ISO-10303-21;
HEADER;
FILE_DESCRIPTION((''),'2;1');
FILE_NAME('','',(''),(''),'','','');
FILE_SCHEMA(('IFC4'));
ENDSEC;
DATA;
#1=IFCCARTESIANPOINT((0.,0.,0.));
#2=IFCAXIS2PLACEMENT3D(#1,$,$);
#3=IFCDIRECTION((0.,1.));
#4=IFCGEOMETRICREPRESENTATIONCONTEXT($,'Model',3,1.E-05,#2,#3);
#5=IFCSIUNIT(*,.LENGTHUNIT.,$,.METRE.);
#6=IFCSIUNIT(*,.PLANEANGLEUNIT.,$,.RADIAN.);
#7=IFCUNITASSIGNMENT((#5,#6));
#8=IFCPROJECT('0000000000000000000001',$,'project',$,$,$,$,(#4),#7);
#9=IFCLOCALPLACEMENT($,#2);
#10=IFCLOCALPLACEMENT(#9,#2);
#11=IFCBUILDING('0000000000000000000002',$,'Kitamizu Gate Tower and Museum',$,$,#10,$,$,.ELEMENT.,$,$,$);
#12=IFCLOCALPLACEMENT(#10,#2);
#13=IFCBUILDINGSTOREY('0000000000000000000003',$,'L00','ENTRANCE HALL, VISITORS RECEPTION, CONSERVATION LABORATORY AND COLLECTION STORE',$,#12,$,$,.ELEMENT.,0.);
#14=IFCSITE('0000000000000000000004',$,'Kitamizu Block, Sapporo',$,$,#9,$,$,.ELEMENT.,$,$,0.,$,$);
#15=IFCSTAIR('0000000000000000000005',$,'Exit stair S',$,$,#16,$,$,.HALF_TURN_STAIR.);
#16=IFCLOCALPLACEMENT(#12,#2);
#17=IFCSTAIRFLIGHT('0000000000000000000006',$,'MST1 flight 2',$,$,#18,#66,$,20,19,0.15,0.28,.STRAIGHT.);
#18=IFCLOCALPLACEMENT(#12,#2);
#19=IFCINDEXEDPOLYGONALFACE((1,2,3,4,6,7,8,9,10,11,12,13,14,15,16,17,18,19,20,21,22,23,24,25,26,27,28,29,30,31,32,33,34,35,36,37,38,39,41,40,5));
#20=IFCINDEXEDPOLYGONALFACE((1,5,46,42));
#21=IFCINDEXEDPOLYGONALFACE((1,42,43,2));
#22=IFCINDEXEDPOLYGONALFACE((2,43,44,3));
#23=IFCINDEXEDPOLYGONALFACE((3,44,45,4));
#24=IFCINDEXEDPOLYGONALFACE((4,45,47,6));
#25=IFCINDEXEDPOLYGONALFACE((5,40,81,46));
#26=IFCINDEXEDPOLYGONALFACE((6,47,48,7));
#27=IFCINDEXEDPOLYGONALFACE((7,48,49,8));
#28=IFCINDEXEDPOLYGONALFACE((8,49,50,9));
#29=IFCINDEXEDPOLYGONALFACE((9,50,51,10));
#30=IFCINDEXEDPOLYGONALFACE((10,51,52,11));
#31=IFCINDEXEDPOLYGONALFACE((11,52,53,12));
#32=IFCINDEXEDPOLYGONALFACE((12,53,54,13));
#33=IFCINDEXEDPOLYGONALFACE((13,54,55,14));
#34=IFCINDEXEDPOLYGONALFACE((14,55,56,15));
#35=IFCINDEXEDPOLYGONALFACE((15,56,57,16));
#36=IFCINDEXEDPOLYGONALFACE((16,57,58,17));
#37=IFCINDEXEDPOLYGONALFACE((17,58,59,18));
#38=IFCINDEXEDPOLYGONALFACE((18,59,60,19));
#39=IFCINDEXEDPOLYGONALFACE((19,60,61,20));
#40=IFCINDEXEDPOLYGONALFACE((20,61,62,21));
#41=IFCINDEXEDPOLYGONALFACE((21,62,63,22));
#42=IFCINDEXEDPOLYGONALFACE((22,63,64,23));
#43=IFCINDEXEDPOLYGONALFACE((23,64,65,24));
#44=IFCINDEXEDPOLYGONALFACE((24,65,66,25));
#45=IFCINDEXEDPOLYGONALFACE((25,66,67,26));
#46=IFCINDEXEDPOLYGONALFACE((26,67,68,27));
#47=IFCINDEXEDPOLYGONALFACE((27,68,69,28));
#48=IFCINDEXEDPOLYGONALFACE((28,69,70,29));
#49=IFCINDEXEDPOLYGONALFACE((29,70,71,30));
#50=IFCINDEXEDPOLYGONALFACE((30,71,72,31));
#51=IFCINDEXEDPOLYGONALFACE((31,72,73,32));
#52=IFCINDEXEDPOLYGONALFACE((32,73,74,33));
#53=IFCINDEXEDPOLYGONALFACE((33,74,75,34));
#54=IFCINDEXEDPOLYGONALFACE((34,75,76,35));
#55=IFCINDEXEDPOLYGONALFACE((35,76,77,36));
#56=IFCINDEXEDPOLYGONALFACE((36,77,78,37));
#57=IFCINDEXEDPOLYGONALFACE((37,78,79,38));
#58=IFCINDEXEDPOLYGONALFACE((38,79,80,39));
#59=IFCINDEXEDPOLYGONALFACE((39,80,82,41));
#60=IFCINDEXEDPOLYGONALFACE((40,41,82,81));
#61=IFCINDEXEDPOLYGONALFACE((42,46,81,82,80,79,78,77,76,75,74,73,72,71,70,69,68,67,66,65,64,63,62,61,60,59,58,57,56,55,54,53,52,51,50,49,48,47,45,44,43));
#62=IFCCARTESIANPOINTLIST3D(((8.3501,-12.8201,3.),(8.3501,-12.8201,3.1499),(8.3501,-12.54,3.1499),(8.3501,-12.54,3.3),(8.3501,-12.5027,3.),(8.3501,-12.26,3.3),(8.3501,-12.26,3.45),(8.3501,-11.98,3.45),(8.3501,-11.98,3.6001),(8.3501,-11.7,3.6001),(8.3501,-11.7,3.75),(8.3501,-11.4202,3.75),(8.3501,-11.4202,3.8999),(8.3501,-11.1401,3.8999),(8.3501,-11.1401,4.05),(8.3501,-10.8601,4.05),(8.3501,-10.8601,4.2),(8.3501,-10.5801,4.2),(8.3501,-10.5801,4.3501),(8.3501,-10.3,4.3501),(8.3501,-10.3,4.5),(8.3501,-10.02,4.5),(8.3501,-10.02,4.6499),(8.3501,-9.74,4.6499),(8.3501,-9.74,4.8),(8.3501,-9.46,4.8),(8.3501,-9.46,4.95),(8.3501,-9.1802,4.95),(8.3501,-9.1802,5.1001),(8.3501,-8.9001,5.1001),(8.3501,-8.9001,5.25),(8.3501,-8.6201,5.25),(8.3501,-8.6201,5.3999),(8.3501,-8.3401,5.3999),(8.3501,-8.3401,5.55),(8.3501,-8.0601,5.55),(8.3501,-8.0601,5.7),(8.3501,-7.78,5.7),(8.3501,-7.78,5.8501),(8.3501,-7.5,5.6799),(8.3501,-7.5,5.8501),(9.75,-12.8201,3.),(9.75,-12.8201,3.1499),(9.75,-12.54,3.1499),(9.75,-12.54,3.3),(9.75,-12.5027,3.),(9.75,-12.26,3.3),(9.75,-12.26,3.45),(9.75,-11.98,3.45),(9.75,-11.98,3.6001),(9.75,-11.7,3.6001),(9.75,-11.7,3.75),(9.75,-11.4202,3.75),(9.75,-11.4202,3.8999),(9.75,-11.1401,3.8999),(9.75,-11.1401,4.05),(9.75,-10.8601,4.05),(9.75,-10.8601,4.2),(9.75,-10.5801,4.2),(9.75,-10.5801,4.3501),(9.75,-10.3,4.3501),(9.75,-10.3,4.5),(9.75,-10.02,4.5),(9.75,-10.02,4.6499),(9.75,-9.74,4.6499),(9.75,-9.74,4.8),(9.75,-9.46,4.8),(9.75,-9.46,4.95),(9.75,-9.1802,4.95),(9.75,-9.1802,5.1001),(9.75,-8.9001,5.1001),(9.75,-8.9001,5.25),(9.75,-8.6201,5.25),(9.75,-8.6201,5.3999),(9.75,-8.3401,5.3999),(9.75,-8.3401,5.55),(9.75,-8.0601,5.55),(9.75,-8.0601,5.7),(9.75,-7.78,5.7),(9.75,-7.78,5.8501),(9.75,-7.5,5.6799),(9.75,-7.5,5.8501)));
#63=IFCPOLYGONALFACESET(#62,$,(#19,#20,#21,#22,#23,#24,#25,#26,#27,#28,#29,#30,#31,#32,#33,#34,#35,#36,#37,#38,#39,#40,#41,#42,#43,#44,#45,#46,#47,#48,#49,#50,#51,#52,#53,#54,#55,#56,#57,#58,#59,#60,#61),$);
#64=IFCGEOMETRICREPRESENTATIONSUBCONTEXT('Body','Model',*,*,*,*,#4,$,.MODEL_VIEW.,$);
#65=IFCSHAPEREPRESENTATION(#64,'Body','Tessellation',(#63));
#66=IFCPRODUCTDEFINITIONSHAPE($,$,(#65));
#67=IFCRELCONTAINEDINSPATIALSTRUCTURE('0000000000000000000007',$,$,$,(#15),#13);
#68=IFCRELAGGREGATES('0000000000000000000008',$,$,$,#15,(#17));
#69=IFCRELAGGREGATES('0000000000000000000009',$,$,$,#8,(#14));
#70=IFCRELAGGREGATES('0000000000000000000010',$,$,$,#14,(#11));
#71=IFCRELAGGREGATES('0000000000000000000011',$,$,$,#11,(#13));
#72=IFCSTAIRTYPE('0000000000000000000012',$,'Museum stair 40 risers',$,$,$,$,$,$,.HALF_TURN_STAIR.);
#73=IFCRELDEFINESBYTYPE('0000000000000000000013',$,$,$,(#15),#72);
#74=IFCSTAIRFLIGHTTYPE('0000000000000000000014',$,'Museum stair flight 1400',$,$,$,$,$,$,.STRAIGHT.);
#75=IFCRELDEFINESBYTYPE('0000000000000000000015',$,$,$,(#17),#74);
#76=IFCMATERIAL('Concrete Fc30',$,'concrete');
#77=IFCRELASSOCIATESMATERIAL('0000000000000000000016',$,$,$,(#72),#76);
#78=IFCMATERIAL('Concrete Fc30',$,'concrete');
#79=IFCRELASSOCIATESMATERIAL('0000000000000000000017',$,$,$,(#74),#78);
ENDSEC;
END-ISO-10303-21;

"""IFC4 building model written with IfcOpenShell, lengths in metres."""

from ifc_helpers import new_model, si_unit, direction, frame, origin, place, context, subcontext, project, spatial, polyline, outline, extrude, material, type_object, element, aggregate, save


model = new_model("IFC4")

# Units and contexts
model_context = context("Model", 3, precision=1e-05, world=origin(), true_north=direction((0.0, 1.0)))
body_context = subcontext(model_context, "Body", "Model", "MODEL_VIEW")
ifc_project = project(units=[si_unit("LENGTHUNIT", "METRE"), si_unit("PLANEANGLEUNIT", "RADIAN")], contexts=[model_context])

# Site, building, storey
site_placement = place(None, origin())
site = spatial("IfcSite", under=ifc_project, at=site_placement, Name="Kitamizu Block, Sapporo", CompositionType="ELEMENT", RefElevation=0.0)
building_placement = place(site_placement, origin())
building = spatial("IfcBuilding", under=site, at=building_placement, Name="Kitamizu Gate Tower and Museum", CompositionType="ELEMENT")
storey_placement = place(building_placement, origin())
storey = spatial("IfcBuildingStorey", under=building, at=storey_placement, Name="L00", Description="ENTRANCE HALL, VISITORS RECEPTION, CONSERVATION LABORATORY AND COLLECTION STORE", CompositionType="ELEMENT", Elevation=0.0)

# Stair, stair flight
ifc_material_1 = material(Name="Concrete Fc30", Category="concrete")
stair_type = type_object("IfcStairType", Name="Museum stair 40 risers", PredefinedType="HALF_TURN_STAIR", material=ifc_material_1)
stair_placement = place(storey_placement, origin())
stair = element("IfcStair", 1, at=stair_placement, inside=storey, type_object=stair_type, Name="Exit stair S", PredefinedType="HALF_TURN_STAIR")
ifc_material_2 = material(Name="Concrete Fc30", Category="concrete")
stair_flight_type = type_object("IfcStairFlightType", Name="Museum stair flight 1400", PredefinedType="STRAIGHT", material=ifc_material_2)
stair_flight_1_placement = place(storey_placement, frame((9.05, -12.8201, 3.0), z_axis=(0.0, 0.0, 1.0), x_axis=(0.0, 1.0, 0.0)))
stair_flight_1 = element("IfcStairFlight", 2, at=stair_flight_1_placement, type_object=stair_flight_type, Name="MST1 flight 2", NumberOfRisers=20, NumberOfTreads=19, PredefinedType="STRAIGHT", RiserHeight=0.15, TreadLength=0.28, context=body_context, shape_type="SweptSolid", body=[
    extrude(outline(polyline([(0.0, 0.0), (0.0, 0.1499), (0.28, 0.1499), (0.28, 0.3), (0.5601, 0.3), (0.5601, 0.45), (0.8401, 0.45), (0.8401, 0.6001), (1.1201, 0.6001), (1.1201, 0.75), (1.3999, 0.75), (1.3999, 0.8999), (1.6799, 0.8999), (1.6799, 1.05), (1.96, 1.05), (1.96, 1.2), (2.24, 1.2), (2.24, 1.3501), (2.52, 1.3501), (2.52, 1.5), (2.8, 1.5), (2.8, 1.6499), (3.0801, 1.6499), (3.0801, 1.8), (3.3601, 1.8), (3.3601, 1.95), (3.6399, 1.95), (3.6399, 2.1001), (3.9199, 2.1001), (3.9199, 2.25), (4.2, 2.25), (4.2, 2.3999), (4.48, 2.3999), (4.48, 2.55), (4.76, 2.55), (4.76, 2.7), (5.04, 2.7), (5.04, 2.8501), (5.3201, 2.8501), (5.3201, 3.0), (5.3201, 2.6799), (0.3174, 0.0), (0.0, 0.0)])), frame((0.0, 0.7, 0.0), z_axis=(0.0, -1.0, 0.0), x_axis=(1.0, 0.0, 0.0)), (0.0, 0.0, 1.0), 1.3999),
])
aggregate(stair, [stair_flight_1])

save(model, "model.ifc")
